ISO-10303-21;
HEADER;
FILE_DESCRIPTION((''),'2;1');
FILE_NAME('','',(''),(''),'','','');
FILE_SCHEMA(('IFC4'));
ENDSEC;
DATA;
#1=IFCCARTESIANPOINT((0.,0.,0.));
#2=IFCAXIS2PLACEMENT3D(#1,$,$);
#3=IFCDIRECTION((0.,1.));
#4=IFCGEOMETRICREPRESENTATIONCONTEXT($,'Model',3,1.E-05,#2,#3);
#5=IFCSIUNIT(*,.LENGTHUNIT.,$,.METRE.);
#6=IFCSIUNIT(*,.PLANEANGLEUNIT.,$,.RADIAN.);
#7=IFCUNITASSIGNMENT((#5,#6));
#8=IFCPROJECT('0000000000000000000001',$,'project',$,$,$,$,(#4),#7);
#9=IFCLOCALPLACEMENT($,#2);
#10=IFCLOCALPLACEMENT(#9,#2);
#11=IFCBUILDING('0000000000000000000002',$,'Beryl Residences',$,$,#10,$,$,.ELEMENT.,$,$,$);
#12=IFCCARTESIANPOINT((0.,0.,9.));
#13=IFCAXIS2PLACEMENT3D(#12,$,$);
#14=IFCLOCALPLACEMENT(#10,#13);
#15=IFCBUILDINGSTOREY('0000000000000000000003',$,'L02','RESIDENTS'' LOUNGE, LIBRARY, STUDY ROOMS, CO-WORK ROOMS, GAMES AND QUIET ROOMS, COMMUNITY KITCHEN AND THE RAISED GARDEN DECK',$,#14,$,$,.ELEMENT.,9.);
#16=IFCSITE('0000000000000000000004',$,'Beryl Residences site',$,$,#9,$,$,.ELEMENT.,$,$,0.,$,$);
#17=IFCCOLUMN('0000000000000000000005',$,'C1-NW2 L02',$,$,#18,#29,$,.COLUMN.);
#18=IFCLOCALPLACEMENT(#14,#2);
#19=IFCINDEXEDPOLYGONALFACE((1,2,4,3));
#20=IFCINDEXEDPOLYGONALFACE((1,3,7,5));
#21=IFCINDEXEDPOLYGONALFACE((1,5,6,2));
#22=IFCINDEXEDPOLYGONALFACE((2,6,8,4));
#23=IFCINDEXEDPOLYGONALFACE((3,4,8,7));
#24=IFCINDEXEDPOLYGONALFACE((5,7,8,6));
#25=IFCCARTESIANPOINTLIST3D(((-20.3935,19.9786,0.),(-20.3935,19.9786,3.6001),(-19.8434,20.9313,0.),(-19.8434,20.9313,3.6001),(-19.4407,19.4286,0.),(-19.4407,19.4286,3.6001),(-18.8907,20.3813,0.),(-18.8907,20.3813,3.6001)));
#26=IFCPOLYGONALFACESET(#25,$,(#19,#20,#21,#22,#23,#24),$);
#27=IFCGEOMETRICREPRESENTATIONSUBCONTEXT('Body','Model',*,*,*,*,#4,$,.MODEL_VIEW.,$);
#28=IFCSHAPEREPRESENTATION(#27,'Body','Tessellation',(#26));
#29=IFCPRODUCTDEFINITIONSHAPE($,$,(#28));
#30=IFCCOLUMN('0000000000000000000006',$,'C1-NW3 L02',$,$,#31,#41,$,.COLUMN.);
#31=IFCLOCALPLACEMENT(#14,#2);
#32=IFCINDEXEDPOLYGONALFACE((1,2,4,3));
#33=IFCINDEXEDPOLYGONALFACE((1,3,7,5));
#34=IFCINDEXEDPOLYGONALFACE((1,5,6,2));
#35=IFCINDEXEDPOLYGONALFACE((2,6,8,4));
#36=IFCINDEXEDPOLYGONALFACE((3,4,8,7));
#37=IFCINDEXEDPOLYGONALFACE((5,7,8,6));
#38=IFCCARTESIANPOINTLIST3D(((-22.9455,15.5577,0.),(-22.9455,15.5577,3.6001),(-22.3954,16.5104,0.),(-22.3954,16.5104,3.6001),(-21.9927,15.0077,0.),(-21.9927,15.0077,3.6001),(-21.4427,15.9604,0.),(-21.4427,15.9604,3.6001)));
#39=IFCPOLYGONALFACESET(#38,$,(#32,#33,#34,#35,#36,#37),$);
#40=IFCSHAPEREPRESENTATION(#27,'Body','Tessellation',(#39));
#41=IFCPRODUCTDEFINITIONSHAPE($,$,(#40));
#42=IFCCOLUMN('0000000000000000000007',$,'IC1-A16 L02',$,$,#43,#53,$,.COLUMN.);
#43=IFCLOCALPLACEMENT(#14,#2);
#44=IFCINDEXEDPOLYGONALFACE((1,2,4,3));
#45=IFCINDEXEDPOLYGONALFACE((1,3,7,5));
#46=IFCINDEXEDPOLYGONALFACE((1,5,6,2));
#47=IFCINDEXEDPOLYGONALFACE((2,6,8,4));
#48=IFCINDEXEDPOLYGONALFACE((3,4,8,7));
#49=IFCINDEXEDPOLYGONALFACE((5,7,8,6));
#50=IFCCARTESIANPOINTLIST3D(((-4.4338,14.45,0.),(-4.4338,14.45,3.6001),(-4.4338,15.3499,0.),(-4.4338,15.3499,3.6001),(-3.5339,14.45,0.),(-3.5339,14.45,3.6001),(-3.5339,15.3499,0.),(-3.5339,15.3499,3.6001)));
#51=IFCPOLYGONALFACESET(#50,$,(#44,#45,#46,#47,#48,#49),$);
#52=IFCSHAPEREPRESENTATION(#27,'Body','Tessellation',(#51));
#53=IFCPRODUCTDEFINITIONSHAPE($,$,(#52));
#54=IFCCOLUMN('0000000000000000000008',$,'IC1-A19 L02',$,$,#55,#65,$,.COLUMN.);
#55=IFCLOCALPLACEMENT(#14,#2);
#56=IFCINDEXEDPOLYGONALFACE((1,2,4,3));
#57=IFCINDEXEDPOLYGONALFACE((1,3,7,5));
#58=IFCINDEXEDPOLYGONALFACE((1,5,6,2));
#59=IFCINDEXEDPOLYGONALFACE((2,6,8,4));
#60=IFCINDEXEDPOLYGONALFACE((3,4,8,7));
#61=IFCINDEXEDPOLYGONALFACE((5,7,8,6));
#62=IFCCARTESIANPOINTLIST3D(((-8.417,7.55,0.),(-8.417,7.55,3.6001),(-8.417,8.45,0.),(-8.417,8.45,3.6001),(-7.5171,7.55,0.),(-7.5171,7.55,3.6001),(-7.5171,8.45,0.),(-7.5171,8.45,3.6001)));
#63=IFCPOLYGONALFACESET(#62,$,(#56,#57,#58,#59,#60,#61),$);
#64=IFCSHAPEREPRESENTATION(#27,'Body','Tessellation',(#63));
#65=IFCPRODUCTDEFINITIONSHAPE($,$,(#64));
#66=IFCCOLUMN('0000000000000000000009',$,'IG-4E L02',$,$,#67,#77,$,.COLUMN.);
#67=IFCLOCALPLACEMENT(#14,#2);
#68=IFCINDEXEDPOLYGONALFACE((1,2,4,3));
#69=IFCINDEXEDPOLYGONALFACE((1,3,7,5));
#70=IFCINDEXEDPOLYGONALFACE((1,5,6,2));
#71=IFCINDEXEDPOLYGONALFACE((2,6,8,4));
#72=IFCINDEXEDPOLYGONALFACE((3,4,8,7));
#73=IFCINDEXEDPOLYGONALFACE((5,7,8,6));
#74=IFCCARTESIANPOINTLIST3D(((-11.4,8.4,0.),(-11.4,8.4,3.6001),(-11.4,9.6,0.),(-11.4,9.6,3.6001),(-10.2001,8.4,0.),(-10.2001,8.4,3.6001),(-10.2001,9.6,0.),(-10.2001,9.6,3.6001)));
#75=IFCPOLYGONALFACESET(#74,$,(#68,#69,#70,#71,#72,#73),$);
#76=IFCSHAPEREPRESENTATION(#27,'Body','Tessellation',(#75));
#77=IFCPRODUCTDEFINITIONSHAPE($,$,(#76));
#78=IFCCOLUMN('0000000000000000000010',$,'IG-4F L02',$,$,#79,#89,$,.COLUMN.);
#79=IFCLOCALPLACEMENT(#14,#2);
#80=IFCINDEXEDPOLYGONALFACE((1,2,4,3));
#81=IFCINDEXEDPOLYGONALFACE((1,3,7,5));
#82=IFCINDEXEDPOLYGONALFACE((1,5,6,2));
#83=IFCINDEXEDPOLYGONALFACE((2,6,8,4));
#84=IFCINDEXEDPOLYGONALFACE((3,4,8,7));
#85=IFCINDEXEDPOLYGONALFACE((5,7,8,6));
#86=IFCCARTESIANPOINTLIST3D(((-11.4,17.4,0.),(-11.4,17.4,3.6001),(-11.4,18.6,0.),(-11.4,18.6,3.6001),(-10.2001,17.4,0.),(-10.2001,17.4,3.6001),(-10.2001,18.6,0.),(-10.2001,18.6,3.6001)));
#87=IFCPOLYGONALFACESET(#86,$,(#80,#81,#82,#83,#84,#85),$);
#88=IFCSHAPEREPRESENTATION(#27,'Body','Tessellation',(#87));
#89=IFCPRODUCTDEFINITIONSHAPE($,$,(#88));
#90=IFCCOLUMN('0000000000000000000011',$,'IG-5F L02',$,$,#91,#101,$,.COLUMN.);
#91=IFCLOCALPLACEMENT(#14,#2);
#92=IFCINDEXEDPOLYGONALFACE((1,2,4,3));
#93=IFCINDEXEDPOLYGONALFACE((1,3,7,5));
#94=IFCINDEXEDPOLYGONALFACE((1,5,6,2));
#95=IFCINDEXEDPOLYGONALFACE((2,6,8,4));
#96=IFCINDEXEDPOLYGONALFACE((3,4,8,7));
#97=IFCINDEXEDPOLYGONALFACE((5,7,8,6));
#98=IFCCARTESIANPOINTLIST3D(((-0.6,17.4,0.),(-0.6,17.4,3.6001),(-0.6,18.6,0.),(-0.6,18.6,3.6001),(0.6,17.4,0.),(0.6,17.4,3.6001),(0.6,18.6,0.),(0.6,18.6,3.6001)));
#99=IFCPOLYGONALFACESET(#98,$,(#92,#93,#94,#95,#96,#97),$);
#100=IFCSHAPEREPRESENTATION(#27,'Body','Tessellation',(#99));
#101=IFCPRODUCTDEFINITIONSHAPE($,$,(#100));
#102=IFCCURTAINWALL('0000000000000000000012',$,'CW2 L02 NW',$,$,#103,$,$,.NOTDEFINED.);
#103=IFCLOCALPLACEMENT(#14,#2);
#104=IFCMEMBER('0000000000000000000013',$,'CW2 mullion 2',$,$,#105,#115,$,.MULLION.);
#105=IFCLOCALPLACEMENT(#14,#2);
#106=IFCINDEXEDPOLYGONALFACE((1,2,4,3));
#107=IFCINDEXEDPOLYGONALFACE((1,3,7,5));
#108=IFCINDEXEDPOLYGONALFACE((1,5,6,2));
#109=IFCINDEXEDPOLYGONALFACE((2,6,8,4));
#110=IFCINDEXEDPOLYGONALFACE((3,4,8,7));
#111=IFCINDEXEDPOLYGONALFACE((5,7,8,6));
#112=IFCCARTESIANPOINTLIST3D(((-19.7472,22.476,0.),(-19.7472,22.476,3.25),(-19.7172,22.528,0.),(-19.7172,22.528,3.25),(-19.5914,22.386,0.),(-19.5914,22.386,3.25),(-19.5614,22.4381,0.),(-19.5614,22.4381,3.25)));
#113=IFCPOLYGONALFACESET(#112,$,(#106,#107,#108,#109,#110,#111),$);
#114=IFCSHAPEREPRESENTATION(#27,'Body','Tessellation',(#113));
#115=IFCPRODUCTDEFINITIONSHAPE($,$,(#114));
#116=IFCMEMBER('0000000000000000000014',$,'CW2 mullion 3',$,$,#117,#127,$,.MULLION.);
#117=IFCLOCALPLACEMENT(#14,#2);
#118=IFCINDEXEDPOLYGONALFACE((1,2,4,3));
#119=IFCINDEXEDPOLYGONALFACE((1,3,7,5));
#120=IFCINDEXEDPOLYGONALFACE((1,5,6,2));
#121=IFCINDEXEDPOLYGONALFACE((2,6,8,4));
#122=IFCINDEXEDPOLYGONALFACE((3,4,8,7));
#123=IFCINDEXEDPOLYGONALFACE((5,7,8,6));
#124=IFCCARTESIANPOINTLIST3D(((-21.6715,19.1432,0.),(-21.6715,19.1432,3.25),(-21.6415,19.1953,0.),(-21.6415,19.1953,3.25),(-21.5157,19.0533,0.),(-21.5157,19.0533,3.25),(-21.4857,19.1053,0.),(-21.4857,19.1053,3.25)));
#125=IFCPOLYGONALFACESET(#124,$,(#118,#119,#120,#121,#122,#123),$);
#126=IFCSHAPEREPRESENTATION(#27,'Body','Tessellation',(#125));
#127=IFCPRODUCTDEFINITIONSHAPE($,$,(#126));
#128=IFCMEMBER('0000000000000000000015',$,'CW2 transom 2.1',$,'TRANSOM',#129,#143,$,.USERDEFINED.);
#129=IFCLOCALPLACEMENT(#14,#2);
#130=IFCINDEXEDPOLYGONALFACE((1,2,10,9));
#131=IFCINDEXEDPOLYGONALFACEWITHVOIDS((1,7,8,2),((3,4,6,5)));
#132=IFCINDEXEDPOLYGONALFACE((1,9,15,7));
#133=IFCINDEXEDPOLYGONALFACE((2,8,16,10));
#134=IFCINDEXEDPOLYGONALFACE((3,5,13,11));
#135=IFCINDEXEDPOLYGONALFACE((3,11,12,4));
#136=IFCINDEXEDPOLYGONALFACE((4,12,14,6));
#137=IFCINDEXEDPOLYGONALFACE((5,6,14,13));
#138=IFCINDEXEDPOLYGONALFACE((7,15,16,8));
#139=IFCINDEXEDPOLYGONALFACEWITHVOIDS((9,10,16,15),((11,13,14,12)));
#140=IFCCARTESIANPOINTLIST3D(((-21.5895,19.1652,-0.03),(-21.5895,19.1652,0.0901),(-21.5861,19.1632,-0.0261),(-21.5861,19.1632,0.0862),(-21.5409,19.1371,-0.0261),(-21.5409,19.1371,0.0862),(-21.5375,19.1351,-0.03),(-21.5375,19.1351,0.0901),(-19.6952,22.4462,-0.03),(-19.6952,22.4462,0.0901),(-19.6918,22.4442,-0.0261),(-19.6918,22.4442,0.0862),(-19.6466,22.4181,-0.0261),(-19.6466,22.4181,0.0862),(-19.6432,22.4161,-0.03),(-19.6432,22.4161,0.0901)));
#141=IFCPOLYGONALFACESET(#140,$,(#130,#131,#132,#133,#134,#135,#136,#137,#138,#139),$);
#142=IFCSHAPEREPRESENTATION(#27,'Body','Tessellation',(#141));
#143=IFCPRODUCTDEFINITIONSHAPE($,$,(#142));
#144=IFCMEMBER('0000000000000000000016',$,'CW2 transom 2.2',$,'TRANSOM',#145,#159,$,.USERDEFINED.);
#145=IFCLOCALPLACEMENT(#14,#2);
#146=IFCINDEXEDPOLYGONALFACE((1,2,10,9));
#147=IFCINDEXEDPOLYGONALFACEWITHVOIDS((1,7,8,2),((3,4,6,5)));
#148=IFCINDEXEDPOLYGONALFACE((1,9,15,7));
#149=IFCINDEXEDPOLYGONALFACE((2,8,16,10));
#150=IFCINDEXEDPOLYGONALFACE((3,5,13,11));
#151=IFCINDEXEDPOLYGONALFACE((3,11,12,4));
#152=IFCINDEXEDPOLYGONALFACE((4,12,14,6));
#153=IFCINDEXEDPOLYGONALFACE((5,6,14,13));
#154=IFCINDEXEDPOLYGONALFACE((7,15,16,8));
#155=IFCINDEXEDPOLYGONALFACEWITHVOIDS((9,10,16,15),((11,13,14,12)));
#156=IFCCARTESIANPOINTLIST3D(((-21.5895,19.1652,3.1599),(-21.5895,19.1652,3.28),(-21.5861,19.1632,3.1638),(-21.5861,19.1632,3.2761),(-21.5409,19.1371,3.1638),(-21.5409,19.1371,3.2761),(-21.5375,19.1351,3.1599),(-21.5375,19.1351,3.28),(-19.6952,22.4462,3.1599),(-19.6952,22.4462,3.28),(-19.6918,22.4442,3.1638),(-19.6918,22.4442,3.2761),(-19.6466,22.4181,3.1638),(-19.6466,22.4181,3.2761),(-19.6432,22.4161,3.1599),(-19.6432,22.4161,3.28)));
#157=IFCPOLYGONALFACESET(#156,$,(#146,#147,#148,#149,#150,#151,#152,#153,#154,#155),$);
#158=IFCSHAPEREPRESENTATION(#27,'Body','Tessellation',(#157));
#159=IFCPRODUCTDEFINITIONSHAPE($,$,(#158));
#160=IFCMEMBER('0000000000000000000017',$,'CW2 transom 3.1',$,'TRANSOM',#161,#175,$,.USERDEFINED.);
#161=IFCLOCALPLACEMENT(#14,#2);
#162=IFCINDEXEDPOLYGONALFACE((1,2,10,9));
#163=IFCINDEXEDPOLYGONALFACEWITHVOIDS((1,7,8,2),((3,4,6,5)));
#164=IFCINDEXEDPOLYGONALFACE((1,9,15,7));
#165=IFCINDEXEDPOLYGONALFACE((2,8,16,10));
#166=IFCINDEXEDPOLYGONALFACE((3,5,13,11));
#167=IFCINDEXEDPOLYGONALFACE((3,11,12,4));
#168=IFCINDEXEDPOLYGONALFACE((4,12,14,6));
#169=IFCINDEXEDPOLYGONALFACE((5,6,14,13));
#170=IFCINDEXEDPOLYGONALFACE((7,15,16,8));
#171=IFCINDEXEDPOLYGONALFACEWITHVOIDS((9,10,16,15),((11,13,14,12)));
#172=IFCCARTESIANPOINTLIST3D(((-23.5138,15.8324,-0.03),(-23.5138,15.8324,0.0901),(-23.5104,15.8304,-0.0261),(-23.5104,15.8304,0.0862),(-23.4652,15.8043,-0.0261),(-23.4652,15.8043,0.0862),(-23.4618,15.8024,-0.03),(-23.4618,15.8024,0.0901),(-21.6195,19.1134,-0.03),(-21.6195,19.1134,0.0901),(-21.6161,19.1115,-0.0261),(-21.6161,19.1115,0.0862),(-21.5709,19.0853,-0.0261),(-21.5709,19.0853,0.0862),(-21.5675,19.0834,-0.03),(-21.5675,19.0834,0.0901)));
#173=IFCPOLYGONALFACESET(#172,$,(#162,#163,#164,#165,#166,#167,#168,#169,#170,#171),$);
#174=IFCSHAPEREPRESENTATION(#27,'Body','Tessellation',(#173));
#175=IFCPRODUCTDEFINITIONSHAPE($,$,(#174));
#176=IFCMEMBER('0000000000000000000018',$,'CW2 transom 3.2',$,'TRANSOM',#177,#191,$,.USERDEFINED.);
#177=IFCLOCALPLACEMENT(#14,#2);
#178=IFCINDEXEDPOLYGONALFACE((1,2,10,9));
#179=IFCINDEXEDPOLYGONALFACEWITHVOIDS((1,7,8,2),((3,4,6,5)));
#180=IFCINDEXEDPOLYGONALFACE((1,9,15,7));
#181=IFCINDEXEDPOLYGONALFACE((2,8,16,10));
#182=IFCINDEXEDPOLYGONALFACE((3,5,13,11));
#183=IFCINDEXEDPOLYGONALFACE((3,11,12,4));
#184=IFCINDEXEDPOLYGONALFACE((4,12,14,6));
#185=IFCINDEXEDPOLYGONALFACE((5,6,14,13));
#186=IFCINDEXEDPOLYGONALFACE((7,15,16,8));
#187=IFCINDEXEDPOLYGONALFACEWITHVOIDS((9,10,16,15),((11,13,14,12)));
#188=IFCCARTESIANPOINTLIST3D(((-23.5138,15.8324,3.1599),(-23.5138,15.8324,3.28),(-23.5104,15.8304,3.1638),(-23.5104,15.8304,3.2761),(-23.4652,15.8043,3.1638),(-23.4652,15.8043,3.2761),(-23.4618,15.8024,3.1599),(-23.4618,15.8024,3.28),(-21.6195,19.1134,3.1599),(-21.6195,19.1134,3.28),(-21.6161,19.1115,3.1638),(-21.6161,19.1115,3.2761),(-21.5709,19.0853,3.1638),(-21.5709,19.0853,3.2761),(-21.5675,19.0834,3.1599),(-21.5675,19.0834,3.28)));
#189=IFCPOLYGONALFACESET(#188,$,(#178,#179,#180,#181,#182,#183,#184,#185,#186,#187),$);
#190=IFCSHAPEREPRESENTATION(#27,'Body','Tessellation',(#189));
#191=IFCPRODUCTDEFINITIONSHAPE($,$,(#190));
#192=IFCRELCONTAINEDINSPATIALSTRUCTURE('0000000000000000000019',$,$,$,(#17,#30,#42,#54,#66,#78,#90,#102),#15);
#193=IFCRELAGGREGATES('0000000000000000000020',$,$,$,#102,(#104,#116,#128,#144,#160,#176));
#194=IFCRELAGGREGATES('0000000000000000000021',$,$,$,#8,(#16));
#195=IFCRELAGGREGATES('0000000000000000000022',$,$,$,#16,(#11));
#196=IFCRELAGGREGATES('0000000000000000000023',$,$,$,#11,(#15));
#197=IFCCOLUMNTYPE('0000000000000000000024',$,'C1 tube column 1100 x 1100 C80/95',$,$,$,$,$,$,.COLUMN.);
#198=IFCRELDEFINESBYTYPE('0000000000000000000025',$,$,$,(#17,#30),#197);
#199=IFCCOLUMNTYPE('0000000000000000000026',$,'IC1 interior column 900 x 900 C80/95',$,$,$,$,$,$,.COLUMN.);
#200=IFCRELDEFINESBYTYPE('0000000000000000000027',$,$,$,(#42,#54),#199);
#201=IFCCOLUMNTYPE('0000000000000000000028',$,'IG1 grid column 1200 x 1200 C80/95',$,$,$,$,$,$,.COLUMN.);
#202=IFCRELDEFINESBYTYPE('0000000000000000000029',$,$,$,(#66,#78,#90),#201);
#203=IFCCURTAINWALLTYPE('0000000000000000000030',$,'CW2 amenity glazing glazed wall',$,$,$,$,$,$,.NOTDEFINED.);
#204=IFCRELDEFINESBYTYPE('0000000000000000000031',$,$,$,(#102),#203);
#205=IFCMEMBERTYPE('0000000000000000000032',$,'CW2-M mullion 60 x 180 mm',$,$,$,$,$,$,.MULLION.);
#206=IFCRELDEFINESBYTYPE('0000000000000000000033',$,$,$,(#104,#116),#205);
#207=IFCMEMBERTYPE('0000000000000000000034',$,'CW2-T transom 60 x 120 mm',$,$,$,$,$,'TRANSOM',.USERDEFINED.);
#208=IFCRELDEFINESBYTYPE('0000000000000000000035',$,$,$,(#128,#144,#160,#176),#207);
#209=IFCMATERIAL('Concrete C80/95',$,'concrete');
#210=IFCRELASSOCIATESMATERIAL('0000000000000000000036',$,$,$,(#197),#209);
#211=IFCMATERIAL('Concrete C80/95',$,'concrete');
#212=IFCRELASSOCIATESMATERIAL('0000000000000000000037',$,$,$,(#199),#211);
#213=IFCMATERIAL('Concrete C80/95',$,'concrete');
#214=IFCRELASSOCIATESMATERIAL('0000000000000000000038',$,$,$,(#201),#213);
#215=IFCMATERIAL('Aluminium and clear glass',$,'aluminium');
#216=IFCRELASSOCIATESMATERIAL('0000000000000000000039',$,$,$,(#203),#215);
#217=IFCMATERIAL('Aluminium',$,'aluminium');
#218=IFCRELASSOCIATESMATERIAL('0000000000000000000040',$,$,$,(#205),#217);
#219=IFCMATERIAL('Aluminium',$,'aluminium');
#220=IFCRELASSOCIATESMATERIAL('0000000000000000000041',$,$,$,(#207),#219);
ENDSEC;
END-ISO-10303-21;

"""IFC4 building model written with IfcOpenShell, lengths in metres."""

from ifc_helpers import new_model, si_unit, direction, frame, origin, origin_2d, place, context, subcontext, project, spatial, rectangle, hollow_rectangle, extrude, material, material_profile, profile_set, type_object, element, aggregate, save


model = new_model("IFC4")

# Units and contexts
model_context = context("Model", 3, precision=1e-05, world=origin(), true_north=direction((0.0, 1.0)))
body_context = subcontext(model_context, "Body", "Model", "MODEL_VIEW")
ifc_project = project(units=[si_unit("LENGTHUNIT", "METRE"), si_unit("PLANEANGLEUNIT", "RADIAN")], contexts=[model_context])

# Site, building, storey
site_placement = place(None, origin())
site = spatial("IfcSite", under=ifc_project, at=site_placement, Name="Beryl Residences site", CompositionType="ELEMENT", RefElevation=0.0)
building_placement = place(site_placement, origin())
building = spatial("IfcBuilding", under=site, at=building_placement, Name="Beryl Residences", CompositionType="ELEMENT")
storey_placement = place(building_placement, frame((0.0, 0.0, 9.0)))
storey = spatial("IfcBuildingStorey", under=building, at=storey_placement, Name="L02", Description="RESIDENTS' LOUNGE, LIBRARY, STUDY ROOMS, CO-WORK ROOMS, GAMES AND QUIET ROOMS, COMMUNITY KITCHEN AND THE RAISED GARDEN DECK", CompositionType="ELEMENT", Elevation=9.0)

# Columns
ifc_material_1 = material(Name="Concrete C80/95", Category="concrete")
ifc_material_profile_1 = material_profile(ifc_material_1, rectangle(XDim=1.1001, YDim=1.1001, at=origin_2d()))
ifc_profile_set_1 = profile_set([ifc_material_profile_1], Name="Concrete C80/95")
column_type_1 = type_object("IfcColumnType", Name="C1 tube column 1100 x 1100 C80/95", PredefinedType="COLUMN", material=ifc_profile_set_1)
for number, where, z_axis, x_axis, name in (
    (1, (-19.6421, 20.1799, 0.0), (0.0, 0.0, 1.0), (-0.499985, -0.866034, 0.0), "C1-NW2 L02"),
    (2, (-22.1941, 15.759, 0.0), (0.0, 0.0, 1.0), (-0.499985, -0.866034, 0.0), "C1-NW3 L02"),
):
    element("IfcColumn", number, at=place(storey_placement, frame(where, z_axis=z_axis, x_axis=x_axis)), inside=storey, type_object=column_type_1, Name=name, PredefinedType="COLUMN", context=body_context, shape_type="SweptSolid", body=[
        extrude(rectangle(XDim=1.1001, YDim=1.1001, at=origin_2d()), origin(), (0.0, 0.0, 1.0), 3.6001),
    ])
ifc_material_2 = material(Name="Concrete C80/95", Category="concrete")
ifc_material_profile_2 = material_profile(ifc_material_2, rectangle(XDim=0.8999, YDim=0.8999, at=origin_2d()))
ifc_profile_set_2 = profile_set([ifc_material_profile_2], Name="Concrete C80/95")
column_type_2 = type_object("IfcColumnType", Name="IC1 interior column 900 x 900 C80/95", PredefinedType="COLUMN", material=ifc_profile_set_2)
for number, where, z_axis, x_axis, name in (
    (3, (-3.9839, 14.8999, 0.0), (0.0, 0.0, 1.0), (1.0, 0.0, 0.0), "IC1-A16 L02"),
    (4, (-7.967, 8.0, 0.0), (0.0, 0.0, 1.0), (1.0, 0.0, 0.0), "IC1-A19 L02"),
):
    element("IfcColumn", number, at=place(storey_placement, frame(where, z_axis=z_axis, x_axis=x_axis)), inside=storey, type_object=column_type_2, Name=name, PredefinedType="COLUMN", context=body_context, shape_type="SweptSolid", body=[
        extrude(rectangle(XDim=0.8999, YDim=0.8999, at=origin_2d()), origin(), (0.0, 0.0, 1.0), 3.6001),
    ])
ifc_material_3 = material(Name="Concrete C80/95", Category="concrete")
ifc_material_profile_3 = material_profile(ifc_material_3, rectangle(XDim=1.2, YDim=1.2, at=origin_2d()))
ifc_profile_set_3 = profile_set([ifc_material_profile_3], Name="Concrete C80/95")
column_type_3 = type_object("IfcColumnType", Name="IG1 grid column 1200 x 1200 C80/95", PredefinedType="COLUMN", material=ifc_profile_set_3)
for number, where, z_axis, x_axis, name in (
    (5, (-10.8, 9.0, 0.0), (0.0, 0.0, 1.0), (1.0, 0.0, 0.0), "IG-4E L02"),
    (6, (-10.8, 18.0, 0.0), (0.0, 0.0, 1.0), (1.0, 0.0, 0.0), "IG-4F L02"),
    (7, (0.0, 18.0, 0.0), (0.0, 0.0, 1.0), (1.0, 0.0, 0.0), "IG-5F L02"),
):
    element("IfcColumn", number, at=place(storey_placement, frame(where, z_axis=z_axis, x_axis=x_axis)), inside=storey, type_object=column_type_3, Name=name, PredefinedType="COLUMN", context=body_context, shape_type="SweptSolid", body=[
        extrude(rectangle(XDim=1.2, YDim=1.2, at=origin_2d()), origin(), (0.0, 0.0, 1.0), 3.6001),
    ])

# Curtain wall, members
ifc_material_4 = material(Name="Aluminium and clear glass", Category="aluminium")
curtain_wall_type = type_object("IfcCurtainWallType", Name="CW2 amenity glazing glazed wall", PredefinedType="NOTDEFINED", material=ifc_material_4)
curtain_wall_placement = place(storey_placement, origin())
curtain_wall = element("IfcCurtainWall", 8, at=curtain_wall_placement, inside=storey, type_object=curtain_wall_type, Name="CW2 L02 NW", PredefinedType="NOTDEFINED")
ifc_material_5 = material(Name="Aluminium", Category="aluminium")
ifc_material_profile_4 = material_profile(ifc_material_5, rectangle(XDim=0.0601, YDim=0.1799, at=origin_2d()))
ifc_profile_set_4 = profile_set([ifc_material_profile_4], Name="Aluminium")
member_type_1 = type_object("IfcMemberType", Name="CW2-M mullion 60 x 180 mm", PredefinedType="MULLION", material=ifc_profile_set_4)
member_1_placement = place(storey_placement, frame((-19.6543, 22.457, 0.0), z_axis=(0.0, 0.0, 1.0), x_axis=(-0.500012, -0.866019, 0.0)))
member_1 = element("IfcMember", 9, at=member_1_placement, type_object=member_type_1, Name="CW2 mullion 2", PredefinedType="MULLION", context=body_context, shape_type="SweptSolid", body=[
    extrude(rectangle(XDim=0.0601, YDim=0.1799, at=origin_2d()), origin(), (0.0, 0.0, 1.0), 3.25),
])
member_2_placement = place(storey_placement, frame((-21.5786, 19.1243, 0.0), z_axis=(0.0, 0.0, 1.0), x_axis=(-0.500012, -0.866019, 0.0)))
member_2 = element("IfcMember", 10, at=member_2_placement, type_object=member_type_1, Name="CW2 mullion 3", PredefinedType="MULLION", context=body_context, shape_type="SweptSolid", body=[
    extrude(rectangle(XDim=0.0601, YDim=0.1799, at=origin_2d()), origin(), (0.0, 0.0, 1.0), 3.25),
])
ifc_material_6 = material(Name="Aluminium", Category="aluminium")
ifc_material_profile_5 = material_profile(ifc_material_6, hollow_rectangle(XDim=0.0601, YDim=0.1201, WallThickness=0.0039, at=origin_2d()))
ifc_profile_set_5 = profile_set([ifc_material_profile_5], Name="Aluminium")
member_type_2 = type_object("IfcMemberType", Name="CW2-T transom 60 x 120 mm", ElementType="TRANSOM", PredefinedType="USERDEFINED", material=ifc_profile_set_5)
member_3_placement = place(storey_placement, frame((-19.6692, 22.4312, 0.03), z_axis=(-0.5, -0.866026, 0.0), x_axis=(0.866026, -0.5, 0.0)))
member_3 = element("IfcMember", 11, at=member_3_placement, type_object=member_type_2, Name="CW2 transom 2.1", ObjectType="TRANSOM", PredefinedType="USERDEFINED", context=body_context, shape_type="SweptSolid", body=[
    extrude(hollow_rectangle(XDim=0.0601, YDim=0.1201, WallThickness=0.0039, at=origin_2d()), origin(), (0.0, 0.0, 1.0), 3.7886),
])
member_4_placement = place(storey_placement, frame((-19.6692, 22.4312, 3.22), z_axis=(-0.5, -0.866026, 0.0), x_axis=(0.866026, -0.5, 0.0)))
member_4 = element("IfcMember", 12, at=member_4_placement, type_object=member_type_2, Name="CW2 transom 2.2", ObjectType="TRANSOM", PredefinedType="USERDEFINED", context=body_context, shape_type="SweptSolid", body=[
    extrude(hollow_rectangle(XDim=0.0601, YDim=0.1201, WallThickness=0.0039, at=origin_2d()), origin(), (0.0, 0.0, 1.0), 3.7886),
])
member_5_placement = place(storey_placement, frame((-21.5935, 19.0984, 0.03), z_axis=(-0.5, -0.866026, 0.0), x_axis=(0.866026, -0.5, 0.0)))
member_5 = element("IfcMember", 13, at=member_5_placement, type_object=member_type_2, Name="CW2 transom 3.1", ObjectType="TRANSOM", PredefinedType="USERDEFINED", context=body_context, shape_type="SweptSolid", body=[
    extrude(hollow_rectangle(XDim=0.0601, YDim=0.1201, WallThickness=0.0039, at=origin_2d()), origin(), (0.0, 0.0, 1.0), 3.7886),
])
member_6_placement = place(storey_placement, frame((-21.5935, 19.0984, 3.22), z_axis=(-0.5, -0.866026, 0.0), x_axis=(0.866026, -0.5, 0.0)))
member_6 = element("IfcMember", 14, at=member_6_placement, type_object=member_type_2, Name="CW2 transom 3.2", ObjectType="TRANSOM", PredefinedType="USERDEFINED", context=body_context, shape_type="SweptSolid", body=[
    extrude(hollow_rectangle(XDim=0.0601, YDim=0.1201, WallThickness=0.0039, at=origin_2d()), origin(), (0.0, 0.0, 1.0), 3.7886),
])

aggregate(curtain_wall, [member_1, member_2, member_3, member_4, member_5, member_6])

save(model, "model.ifc")
